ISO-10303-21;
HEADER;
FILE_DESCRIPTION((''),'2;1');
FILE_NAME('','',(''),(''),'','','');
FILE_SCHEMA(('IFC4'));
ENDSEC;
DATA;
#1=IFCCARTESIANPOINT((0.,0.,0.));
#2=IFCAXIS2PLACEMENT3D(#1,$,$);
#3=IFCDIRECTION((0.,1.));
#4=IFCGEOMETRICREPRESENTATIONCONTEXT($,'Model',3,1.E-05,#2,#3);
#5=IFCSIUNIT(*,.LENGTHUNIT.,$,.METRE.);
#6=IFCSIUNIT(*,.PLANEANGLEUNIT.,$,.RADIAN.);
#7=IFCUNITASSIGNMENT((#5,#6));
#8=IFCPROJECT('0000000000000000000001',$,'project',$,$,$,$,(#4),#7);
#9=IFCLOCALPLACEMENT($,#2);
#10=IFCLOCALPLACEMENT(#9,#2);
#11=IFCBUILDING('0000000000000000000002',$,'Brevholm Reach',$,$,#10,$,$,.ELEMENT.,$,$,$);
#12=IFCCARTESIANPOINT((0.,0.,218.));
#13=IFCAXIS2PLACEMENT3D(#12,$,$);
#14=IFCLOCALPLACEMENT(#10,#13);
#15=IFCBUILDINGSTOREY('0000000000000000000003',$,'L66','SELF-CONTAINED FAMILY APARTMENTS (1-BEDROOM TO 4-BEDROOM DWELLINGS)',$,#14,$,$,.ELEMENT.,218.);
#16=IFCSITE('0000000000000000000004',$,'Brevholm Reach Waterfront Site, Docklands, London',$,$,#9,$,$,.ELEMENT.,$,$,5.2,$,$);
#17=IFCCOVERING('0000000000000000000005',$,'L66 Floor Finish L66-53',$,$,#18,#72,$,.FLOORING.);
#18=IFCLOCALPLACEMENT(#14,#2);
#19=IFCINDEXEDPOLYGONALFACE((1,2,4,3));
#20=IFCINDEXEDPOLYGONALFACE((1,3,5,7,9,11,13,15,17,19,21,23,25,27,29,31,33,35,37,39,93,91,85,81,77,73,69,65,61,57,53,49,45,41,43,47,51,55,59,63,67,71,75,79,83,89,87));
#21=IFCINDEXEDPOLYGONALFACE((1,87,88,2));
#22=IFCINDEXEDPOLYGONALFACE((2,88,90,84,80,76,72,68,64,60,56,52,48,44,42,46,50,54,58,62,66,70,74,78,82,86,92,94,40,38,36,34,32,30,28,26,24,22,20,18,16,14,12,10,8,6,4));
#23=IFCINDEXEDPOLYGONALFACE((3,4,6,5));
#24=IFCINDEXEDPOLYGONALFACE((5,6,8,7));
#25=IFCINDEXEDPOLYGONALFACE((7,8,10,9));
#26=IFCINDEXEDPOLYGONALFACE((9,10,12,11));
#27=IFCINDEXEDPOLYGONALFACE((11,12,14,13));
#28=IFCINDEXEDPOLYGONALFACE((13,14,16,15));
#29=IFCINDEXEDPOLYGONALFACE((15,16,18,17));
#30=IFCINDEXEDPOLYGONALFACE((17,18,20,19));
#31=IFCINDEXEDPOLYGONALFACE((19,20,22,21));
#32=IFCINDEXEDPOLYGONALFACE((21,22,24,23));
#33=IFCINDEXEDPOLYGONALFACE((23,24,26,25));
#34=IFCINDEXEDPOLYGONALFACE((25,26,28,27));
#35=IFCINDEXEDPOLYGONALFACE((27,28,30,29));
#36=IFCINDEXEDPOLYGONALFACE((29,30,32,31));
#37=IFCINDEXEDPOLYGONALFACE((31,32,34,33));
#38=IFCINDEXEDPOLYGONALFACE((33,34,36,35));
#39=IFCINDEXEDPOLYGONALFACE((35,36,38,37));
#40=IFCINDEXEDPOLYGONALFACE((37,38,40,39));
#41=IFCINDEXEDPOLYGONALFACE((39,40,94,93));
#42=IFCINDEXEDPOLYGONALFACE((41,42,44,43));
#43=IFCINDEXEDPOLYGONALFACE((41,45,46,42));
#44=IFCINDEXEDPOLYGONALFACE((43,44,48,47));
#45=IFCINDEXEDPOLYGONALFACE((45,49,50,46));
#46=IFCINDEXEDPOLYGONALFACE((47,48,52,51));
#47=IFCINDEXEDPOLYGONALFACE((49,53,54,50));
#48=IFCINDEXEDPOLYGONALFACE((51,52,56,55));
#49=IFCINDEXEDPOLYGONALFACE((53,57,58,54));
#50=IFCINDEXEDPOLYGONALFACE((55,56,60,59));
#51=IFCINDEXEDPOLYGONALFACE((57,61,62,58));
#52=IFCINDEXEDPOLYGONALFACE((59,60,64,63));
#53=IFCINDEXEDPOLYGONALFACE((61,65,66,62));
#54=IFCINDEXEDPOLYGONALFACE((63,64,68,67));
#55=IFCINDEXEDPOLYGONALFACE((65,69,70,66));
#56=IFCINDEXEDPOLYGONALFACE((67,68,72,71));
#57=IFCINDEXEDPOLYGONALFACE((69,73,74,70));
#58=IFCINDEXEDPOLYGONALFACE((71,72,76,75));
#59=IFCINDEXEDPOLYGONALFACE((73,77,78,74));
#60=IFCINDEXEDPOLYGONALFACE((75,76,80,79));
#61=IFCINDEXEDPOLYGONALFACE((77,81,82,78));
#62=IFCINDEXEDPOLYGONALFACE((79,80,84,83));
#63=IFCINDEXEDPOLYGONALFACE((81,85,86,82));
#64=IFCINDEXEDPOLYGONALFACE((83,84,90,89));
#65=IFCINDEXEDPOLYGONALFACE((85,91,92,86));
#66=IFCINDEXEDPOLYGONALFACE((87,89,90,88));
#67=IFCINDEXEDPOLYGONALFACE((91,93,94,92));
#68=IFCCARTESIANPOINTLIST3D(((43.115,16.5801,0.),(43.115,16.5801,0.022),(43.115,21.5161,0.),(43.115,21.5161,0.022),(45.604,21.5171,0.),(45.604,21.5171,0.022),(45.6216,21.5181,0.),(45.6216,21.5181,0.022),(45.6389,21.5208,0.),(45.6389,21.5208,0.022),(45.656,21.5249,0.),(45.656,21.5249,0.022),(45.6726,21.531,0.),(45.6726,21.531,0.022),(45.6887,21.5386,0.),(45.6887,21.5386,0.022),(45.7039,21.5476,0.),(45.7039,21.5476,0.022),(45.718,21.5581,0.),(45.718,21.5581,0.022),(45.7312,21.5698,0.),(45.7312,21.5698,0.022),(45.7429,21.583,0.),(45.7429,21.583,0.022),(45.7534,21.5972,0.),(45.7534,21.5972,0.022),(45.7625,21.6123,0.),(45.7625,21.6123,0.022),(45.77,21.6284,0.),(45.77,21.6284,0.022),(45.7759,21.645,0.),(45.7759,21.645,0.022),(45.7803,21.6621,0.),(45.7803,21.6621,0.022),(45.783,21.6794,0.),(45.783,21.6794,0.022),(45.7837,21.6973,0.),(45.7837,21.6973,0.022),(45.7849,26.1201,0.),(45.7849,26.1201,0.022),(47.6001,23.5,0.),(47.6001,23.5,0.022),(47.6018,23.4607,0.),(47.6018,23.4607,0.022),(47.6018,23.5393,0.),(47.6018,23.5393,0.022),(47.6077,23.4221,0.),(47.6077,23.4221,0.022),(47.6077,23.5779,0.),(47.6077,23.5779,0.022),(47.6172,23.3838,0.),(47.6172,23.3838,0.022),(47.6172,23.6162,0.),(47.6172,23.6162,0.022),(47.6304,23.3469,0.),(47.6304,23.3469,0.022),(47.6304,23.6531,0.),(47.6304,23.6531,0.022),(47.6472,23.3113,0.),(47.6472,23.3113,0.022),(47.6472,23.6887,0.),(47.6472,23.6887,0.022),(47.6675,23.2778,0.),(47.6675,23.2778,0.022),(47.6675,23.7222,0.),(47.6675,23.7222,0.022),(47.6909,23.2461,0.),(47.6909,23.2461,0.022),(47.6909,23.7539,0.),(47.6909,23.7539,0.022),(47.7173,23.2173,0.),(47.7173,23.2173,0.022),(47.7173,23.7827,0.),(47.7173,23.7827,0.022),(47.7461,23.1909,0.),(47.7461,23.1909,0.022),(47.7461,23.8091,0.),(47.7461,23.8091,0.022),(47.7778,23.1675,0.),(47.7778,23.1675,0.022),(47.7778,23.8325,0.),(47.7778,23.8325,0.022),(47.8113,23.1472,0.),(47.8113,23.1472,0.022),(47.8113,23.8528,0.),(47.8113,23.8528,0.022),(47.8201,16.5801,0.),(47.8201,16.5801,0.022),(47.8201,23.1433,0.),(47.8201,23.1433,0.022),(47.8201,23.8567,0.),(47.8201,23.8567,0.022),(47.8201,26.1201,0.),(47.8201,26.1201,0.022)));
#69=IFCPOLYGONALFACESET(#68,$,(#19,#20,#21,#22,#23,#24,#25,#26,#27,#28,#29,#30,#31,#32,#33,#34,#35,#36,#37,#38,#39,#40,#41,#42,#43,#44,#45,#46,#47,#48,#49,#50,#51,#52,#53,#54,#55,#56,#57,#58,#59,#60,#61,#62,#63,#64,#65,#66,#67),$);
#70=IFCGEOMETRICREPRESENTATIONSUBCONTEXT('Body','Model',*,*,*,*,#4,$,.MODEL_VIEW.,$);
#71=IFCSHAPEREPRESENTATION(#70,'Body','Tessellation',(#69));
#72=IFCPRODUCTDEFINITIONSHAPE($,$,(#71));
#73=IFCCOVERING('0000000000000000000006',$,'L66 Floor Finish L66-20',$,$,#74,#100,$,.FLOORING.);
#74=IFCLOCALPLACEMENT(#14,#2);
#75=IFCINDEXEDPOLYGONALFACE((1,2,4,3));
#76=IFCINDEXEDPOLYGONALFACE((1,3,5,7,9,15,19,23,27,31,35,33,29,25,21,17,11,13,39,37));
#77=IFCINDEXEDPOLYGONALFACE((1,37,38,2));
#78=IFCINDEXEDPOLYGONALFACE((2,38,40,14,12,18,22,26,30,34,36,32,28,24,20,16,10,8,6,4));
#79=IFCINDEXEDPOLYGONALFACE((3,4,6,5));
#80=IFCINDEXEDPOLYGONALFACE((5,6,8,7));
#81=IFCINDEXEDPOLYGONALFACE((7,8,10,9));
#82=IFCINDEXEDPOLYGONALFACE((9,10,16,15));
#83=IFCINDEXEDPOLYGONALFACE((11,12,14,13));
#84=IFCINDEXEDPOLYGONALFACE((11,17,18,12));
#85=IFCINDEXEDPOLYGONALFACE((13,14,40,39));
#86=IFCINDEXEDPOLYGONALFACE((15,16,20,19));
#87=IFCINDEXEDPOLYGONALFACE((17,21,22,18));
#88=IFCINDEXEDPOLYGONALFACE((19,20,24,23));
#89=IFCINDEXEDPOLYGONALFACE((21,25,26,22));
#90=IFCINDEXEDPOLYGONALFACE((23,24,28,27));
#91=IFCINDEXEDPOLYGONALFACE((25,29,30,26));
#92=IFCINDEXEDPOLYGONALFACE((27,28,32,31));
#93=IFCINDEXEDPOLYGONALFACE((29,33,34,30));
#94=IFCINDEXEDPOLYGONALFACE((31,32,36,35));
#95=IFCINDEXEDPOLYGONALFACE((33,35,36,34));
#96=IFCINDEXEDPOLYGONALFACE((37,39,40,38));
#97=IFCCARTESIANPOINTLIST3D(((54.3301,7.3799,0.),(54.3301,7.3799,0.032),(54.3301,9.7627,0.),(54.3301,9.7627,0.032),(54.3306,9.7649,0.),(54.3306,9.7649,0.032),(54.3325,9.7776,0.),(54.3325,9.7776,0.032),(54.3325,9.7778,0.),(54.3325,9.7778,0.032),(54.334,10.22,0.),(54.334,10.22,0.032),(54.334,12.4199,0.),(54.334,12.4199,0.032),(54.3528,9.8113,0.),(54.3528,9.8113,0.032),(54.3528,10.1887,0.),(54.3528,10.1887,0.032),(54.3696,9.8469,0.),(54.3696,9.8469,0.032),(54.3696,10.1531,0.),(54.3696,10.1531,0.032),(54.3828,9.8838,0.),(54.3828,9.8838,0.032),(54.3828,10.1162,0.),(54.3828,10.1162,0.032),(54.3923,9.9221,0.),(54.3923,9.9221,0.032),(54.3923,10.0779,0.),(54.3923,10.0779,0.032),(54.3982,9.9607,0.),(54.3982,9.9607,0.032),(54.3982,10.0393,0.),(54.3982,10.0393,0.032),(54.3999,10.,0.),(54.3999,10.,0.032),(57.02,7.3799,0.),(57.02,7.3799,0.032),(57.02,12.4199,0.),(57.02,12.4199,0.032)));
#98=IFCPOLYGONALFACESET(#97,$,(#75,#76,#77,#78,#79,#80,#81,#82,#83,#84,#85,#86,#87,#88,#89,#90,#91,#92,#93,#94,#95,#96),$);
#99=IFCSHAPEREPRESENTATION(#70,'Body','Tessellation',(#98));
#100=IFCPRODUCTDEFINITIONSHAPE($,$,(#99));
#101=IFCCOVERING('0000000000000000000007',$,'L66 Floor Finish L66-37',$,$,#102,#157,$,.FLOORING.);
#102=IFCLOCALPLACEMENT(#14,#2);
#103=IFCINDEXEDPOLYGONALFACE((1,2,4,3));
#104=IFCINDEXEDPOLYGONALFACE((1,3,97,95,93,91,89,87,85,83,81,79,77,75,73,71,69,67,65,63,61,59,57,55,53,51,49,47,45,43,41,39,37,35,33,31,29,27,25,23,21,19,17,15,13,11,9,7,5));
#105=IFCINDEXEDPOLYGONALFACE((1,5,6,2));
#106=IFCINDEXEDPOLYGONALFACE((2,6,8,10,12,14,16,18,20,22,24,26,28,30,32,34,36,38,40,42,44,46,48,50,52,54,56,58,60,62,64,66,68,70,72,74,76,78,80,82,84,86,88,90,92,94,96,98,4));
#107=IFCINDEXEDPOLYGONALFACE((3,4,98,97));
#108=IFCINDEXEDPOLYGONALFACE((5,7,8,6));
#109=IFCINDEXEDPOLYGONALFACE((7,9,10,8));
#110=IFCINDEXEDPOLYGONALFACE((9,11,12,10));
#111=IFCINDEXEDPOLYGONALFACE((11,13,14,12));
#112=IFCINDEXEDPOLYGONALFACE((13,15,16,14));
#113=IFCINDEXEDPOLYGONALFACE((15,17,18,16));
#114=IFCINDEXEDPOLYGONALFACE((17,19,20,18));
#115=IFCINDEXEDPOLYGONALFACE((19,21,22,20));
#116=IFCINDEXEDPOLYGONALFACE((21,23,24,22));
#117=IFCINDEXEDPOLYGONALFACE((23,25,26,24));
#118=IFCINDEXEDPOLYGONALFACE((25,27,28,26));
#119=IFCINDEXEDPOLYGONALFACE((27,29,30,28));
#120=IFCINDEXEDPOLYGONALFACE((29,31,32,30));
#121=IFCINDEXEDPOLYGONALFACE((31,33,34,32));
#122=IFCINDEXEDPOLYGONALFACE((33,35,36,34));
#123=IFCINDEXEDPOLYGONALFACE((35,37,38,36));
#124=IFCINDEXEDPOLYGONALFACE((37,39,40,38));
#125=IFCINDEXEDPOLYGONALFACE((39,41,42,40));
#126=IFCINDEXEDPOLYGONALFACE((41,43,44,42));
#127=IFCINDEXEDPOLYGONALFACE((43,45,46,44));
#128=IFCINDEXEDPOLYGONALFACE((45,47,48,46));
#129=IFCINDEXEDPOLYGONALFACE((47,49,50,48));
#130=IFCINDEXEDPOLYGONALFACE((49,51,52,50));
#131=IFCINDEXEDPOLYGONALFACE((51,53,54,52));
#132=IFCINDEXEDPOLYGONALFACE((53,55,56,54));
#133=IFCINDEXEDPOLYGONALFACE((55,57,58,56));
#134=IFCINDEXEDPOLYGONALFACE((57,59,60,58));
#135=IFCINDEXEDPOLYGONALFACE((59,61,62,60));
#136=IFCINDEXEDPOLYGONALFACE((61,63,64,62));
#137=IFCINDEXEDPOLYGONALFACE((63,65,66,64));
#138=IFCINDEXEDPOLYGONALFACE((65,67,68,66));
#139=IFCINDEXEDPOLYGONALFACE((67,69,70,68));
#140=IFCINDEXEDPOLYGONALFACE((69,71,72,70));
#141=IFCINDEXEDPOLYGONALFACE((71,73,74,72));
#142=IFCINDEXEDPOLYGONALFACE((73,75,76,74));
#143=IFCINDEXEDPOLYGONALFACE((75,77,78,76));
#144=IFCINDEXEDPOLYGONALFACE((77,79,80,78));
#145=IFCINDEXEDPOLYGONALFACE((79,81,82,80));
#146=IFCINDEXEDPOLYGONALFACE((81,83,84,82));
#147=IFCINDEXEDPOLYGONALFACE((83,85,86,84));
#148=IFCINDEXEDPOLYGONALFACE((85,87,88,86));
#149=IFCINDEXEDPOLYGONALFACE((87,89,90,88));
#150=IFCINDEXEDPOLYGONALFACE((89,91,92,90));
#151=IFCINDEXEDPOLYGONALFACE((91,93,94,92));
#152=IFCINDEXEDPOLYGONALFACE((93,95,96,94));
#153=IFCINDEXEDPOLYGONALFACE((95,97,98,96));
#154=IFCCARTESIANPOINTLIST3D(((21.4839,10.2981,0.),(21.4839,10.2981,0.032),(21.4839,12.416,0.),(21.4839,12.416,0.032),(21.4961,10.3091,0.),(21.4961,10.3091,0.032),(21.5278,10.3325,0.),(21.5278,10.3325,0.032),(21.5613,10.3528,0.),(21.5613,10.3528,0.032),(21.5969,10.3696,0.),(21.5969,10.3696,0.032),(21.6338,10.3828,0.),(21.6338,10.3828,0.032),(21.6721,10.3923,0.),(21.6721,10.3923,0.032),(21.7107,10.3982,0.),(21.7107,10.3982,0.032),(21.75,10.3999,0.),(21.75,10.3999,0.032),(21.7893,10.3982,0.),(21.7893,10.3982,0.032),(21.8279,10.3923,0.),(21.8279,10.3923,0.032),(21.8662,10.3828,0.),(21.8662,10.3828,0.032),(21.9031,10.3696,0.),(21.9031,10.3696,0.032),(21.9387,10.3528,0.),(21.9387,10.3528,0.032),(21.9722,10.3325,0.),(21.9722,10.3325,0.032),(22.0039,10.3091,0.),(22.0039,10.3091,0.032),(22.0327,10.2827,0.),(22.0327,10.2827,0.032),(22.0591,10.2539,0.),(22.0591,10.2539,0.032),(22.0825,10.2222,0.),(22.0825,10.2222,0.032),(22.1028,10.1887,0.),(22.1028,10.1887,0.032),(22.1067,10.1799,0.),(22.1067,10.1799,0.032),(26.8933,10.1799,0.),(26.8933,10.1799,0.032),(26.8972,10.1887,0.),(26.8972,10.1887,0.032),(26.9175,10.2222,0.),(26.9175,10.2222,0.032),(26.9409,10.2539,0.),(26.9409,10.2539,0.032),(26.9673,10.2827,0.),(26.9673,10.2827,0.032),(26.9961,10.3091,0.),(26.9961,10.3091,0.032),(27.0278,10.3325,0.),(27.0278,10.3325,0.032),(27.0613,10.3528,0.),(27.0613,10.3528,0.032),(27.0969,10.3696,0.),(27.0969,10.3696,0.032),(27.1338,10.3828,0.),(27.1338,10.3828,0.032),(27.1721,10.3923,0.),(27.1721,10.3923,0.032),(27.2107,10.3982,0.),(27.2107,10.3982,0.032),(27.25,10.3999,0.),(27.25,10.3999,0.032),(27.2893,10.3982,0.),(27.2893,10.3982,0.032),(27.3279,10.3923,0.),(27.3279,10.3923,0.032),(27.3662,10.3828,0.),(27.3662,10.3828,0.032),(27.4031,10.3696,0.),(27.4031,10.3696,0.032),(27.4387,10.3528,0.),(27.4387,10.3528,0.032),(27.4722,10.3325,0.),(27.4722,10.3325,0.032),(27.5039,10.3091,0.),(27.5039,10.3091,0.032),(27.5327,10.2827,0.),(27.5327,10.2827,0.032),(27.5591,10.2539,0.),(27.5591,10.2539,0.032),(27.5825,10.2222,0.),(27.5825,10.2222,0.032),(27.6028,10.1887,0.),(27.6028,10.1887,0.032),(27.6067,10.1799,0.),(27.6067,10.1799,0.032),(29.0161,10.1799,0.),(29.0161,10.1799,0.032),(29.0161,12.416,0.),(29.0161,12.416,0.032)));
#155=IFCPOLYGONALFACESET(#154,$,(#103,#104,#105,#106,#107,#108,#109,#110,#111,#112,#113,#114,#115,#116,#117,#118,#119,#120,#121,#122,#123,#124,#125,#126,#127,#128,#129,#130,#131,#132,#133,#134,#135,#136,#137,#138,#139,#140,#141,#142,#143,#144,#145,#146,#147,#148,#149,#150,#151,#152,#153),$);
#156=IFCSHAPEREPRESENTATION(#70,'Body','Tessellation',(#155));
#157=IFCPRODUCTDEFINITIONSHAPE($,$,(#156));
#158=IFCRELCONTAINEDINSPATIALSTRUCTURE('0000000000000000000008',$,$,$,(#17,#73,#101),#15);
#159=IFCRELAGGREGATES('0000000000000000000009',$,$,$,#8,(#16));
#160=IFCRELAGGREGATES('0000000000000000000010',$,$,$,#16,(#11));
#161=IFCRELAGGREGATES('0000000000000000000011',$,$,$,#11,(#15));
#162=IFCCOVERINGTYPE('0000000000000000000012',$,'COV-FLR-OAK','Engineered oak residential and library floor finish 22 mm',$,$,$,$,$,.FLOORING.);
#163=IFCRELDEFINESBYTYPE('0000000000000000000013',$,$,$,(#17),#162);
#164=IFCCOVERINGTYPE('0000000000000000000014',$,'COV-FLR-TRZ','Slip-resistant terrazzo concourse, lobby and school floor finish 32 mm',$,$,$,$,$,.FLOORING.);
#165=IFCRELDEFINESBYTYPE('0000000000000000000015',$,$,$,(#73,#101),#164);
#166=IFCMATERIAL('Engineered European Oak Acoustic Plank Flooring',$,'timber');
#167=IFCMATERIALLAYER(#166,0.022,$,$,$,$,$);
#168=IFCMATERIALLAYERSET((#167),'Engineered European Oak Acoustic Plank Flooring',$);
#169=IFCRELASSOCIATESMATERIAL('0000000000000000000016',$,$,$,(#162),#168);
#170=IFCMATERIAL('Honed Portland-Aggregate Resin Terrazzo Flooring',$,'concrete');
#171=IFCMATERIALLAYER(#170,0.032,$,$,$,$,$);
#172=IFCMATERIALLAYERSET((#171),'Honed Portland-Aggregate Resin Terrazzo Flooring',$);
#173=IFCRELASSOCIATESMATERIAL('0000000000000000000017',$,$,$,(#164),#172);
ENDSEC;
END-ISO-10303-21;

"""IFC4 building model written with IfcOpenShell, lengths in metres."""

from ifc_helpers import new_model, si_unit, direction, frame, origin, place, context, subcontext, project, spatial, polyline, outline, extrude, material, layer, layer_set, type_object, element, save


model = new_model("IFC4")

# Units and contexts
model_context = context("Model", 3, precision=1e-05, world=origin(), true_north=direction((0.0, 1.0)))
body_context = subcontext(model_context, "Body", "Model", "MODEL_VIEW")
ifc_project = project(units=[si_unit("LENGTHUNIT", "METRE"), si_unit("PLANEANGLEUNIT", "RADIAN")], contexts=[model_context])

# Site, building, storey
site_placement = place(None, origin())
site = spatial("IfcSite", under=ifc_project, at=site_placement, Name="Brevholm Reach Waterfront Site, Docklands, London", CompositionType="ELEMENT", RefElevation=5.2)
building_placement = place(site_placement, origin())
building = spatial("IfcBuilding", under=site, at=building_placement, Name="Brevholm Reach", CompositionType="ELEMENT")
storey_placement = place(building_placement, frame((0.0, 0.0, 218.0)))
storey = spatial("IfcBuildingStorey", under=building, at=storey_placement, Name="L66", Description="SELF-CONTAINED FAMILY APARTMENTS (1-BEDROOM TO 4-BEDROOM DWELLINGS)", CompositionType="ELEMENT", Elevation=218.0)

# Coverings
ifc_material_1 = material(Name="Engineered European Oak Acoustic Plank Flooring", Category="timber")
ifc_layer_1 = layer(ifc_material_1, 0.022)
ifc_layer_set_1 = layer_set([ifc_layer_1], Name="Engineered European Oak Acoustic Plank Flooring")
covering_type_1 = type_object("IfcCoveringType", Name="COV-FLR-OAK", Description="Engineered oak residential and library floor finish 22 mm", PredefinedType="FLOORING", material=ifc_layer_set_1)
covering_1_placement = place(storey_placement, origin())
element("IfcCovering", 1, at=covering_1_placement, inside=storey, type_object=covering_type_1, Name="L66 Floor Finish L66-53", PredefinedType="FLOORING", context=body_context, shape_type="SweptSolid", body=[
    extrude(outline(polyline([(43.115, 21.5161), (45.604, 21.5171), (45.6216, 21.5181), (45.6389, 21.5208), (45.656, 21.5249), (45.6726, 21.531), (45.6887, 21.5386), (45.7039, 21.5476), (45.718, 21.5581), (45.7312, 21.5698), (45.7429, 21.583), (45.7534, 21.5972), (45.7625, 21.6123), (45.77, 21.6284), (45.7759, 21.645), (45.7803, 21.6621), (45.783, 21.6794), (45.7837, 21.6973), (45.7849, 26.1201), (47.8201, 26.1201), (47.8201, 23.8567), (47.8113, 23.8528), (47.7778, 23.8325), (47.7461, 23.8091), (47.7173, 23.7827), (47.6909, 23.7539), (47.6675, 23.7222), (47.6472, 23.6887), (47.6304, 23.6531), (47.6172, 23.6162), (47.6077, 23.5779), (47.6018, 23.5393), (47.6001, 23.5), (47.6018, 23.4607), (47.6077, 23.4221), (47.6172, 23.3838), (47.6304, 23.3469), (47.6472, 23.3113), (47.6675, 23.2778), (47.6909, 23.2461), (47.7173, 23.2173), (47.7461, 23.1909), (47.7778, 23.1675), (47.8113, 23.1472), (47.8201, 23.1433), (47.8201, 16.5801), (43.115, 16.5801), (43.115, 21.5161)])), origin(), (0.0, 0.0, 1.0), 0.022),
])
ifc_material_2 = material(Name="Honed Portland-Aggregate Resin Terrazzo Flooring", Category="concrete")
ifc_layer_2 = layer(ifc_material_2, 0.032)
ifc_layer_set_2 = layer_set([ifc_layer_2], Name="Honed Portland-Aggregate Resin Terrazzo Flooring")
covering_type_2 = type_object("IfcCoveringType", Name="COV-FLR-TRZ", Description="Slip-resistant terrazzo concourse, lobby and school floor finish 32 mm", PredefinedType="FLOORING", material=ifc_layer_set_2)
covering_2_placement = place(storey_placement, origin())
element("IfcCovering", 2, at=covering_2_placement, inside=storey, type_object=covering_type_2, Name="L66 Floor Finish L66-20", PredefinedType="FLOORING", context=body_context, shape_type="SweptSolid", body=[
    extrude(outline(polyline([(54.3301, 9.7627), (54.3306, 9.7649), (54.3325, 9.7776), (54.3325, 9.7778), (54.3528, 9.8113), (54.3696, 9.8469), (54.3828, 9.8838), (54.3923, 9.9221), (54.3982, 9.9607), (54.3999, 10.0), (54.3982, 10.0393), (54.3923, 10.0779), (54.3828, 10.1162), (54.3696, 10.1531), (54.3528, 10.1887), (54.334, 10.22), (54.334, 12.4199), (57.02, 12.4199), (57.02, 7.3799), (54.3301, 7.3799), (54.3301, 9.7627)])), origin(), (0.0, 0.0, 1.0), 0.032),
])
covering_3_placement = place(storey_placement, origin())
element("IfcCovering", 3, at=covering_3_placement, inside=storey, type_object=covering_type_2, Name="L66 Floor Finish L66-37", PredefinedType="FLOORING", context=body_context, shape_type="SweptSolid", body=[
    extrude(outline(polyline([(27.6067, 10.1799), (27.6028, 10.1887), (27.5825, 10.2222), (27.5591, 10.2539), (27.5327, 10.2827), (27.5039, 10.3091), (27.4722, 10.3325), (27.4387, 10.3528), (27.4031, 10.3696), (27.3662, 10.3828), (27.3279, 10.3923), (27.2893, 10.3982), (27.25, 10.3999), (27.2107, 10.3982), (27.1721, 10.3923), (27.1338, 10.3828), (27.0969, 10.3696), (27.0613, 10.3528), (27.0278, 10.3325), (26.9961, 10.3091), (26.9673, 10.2827), (26.9409, 10.2539), (26.9175, 10.2222), (26.8972, 10.1887), (26.8933, 10.1799), (22.1067, 10.1799), (22.1028, 10.1887), (22.0825, 10.2222), (22.0591, 10.2539), (22.0327, 10.2827), (22.0039, 10.3091), (21.9722, 10.3325), (21.9387, 10.3528), (21.9031, 10.3696), (21.8662, 10.3828), (21.8279, 10.3923), (21.7893, 10.3982), (21.75, 10.3999), (21.7107, 10.3982), (21.6721, 10.3923), (21.6338, 10.3828), (21.5969, 10.3696), (21.5613, 10.3528), (21.5278, 10.3325), (21.4961, 10.3091), (21.4839, 10.2981), (21.4839, 12.416), (29.0161, 12.416), (29.0161, 10.1799), (27.6067, 10.1799)])), origin(), (0.0, 0.0, 1.0), 0.032),
])

save(model, "model.ifc")
